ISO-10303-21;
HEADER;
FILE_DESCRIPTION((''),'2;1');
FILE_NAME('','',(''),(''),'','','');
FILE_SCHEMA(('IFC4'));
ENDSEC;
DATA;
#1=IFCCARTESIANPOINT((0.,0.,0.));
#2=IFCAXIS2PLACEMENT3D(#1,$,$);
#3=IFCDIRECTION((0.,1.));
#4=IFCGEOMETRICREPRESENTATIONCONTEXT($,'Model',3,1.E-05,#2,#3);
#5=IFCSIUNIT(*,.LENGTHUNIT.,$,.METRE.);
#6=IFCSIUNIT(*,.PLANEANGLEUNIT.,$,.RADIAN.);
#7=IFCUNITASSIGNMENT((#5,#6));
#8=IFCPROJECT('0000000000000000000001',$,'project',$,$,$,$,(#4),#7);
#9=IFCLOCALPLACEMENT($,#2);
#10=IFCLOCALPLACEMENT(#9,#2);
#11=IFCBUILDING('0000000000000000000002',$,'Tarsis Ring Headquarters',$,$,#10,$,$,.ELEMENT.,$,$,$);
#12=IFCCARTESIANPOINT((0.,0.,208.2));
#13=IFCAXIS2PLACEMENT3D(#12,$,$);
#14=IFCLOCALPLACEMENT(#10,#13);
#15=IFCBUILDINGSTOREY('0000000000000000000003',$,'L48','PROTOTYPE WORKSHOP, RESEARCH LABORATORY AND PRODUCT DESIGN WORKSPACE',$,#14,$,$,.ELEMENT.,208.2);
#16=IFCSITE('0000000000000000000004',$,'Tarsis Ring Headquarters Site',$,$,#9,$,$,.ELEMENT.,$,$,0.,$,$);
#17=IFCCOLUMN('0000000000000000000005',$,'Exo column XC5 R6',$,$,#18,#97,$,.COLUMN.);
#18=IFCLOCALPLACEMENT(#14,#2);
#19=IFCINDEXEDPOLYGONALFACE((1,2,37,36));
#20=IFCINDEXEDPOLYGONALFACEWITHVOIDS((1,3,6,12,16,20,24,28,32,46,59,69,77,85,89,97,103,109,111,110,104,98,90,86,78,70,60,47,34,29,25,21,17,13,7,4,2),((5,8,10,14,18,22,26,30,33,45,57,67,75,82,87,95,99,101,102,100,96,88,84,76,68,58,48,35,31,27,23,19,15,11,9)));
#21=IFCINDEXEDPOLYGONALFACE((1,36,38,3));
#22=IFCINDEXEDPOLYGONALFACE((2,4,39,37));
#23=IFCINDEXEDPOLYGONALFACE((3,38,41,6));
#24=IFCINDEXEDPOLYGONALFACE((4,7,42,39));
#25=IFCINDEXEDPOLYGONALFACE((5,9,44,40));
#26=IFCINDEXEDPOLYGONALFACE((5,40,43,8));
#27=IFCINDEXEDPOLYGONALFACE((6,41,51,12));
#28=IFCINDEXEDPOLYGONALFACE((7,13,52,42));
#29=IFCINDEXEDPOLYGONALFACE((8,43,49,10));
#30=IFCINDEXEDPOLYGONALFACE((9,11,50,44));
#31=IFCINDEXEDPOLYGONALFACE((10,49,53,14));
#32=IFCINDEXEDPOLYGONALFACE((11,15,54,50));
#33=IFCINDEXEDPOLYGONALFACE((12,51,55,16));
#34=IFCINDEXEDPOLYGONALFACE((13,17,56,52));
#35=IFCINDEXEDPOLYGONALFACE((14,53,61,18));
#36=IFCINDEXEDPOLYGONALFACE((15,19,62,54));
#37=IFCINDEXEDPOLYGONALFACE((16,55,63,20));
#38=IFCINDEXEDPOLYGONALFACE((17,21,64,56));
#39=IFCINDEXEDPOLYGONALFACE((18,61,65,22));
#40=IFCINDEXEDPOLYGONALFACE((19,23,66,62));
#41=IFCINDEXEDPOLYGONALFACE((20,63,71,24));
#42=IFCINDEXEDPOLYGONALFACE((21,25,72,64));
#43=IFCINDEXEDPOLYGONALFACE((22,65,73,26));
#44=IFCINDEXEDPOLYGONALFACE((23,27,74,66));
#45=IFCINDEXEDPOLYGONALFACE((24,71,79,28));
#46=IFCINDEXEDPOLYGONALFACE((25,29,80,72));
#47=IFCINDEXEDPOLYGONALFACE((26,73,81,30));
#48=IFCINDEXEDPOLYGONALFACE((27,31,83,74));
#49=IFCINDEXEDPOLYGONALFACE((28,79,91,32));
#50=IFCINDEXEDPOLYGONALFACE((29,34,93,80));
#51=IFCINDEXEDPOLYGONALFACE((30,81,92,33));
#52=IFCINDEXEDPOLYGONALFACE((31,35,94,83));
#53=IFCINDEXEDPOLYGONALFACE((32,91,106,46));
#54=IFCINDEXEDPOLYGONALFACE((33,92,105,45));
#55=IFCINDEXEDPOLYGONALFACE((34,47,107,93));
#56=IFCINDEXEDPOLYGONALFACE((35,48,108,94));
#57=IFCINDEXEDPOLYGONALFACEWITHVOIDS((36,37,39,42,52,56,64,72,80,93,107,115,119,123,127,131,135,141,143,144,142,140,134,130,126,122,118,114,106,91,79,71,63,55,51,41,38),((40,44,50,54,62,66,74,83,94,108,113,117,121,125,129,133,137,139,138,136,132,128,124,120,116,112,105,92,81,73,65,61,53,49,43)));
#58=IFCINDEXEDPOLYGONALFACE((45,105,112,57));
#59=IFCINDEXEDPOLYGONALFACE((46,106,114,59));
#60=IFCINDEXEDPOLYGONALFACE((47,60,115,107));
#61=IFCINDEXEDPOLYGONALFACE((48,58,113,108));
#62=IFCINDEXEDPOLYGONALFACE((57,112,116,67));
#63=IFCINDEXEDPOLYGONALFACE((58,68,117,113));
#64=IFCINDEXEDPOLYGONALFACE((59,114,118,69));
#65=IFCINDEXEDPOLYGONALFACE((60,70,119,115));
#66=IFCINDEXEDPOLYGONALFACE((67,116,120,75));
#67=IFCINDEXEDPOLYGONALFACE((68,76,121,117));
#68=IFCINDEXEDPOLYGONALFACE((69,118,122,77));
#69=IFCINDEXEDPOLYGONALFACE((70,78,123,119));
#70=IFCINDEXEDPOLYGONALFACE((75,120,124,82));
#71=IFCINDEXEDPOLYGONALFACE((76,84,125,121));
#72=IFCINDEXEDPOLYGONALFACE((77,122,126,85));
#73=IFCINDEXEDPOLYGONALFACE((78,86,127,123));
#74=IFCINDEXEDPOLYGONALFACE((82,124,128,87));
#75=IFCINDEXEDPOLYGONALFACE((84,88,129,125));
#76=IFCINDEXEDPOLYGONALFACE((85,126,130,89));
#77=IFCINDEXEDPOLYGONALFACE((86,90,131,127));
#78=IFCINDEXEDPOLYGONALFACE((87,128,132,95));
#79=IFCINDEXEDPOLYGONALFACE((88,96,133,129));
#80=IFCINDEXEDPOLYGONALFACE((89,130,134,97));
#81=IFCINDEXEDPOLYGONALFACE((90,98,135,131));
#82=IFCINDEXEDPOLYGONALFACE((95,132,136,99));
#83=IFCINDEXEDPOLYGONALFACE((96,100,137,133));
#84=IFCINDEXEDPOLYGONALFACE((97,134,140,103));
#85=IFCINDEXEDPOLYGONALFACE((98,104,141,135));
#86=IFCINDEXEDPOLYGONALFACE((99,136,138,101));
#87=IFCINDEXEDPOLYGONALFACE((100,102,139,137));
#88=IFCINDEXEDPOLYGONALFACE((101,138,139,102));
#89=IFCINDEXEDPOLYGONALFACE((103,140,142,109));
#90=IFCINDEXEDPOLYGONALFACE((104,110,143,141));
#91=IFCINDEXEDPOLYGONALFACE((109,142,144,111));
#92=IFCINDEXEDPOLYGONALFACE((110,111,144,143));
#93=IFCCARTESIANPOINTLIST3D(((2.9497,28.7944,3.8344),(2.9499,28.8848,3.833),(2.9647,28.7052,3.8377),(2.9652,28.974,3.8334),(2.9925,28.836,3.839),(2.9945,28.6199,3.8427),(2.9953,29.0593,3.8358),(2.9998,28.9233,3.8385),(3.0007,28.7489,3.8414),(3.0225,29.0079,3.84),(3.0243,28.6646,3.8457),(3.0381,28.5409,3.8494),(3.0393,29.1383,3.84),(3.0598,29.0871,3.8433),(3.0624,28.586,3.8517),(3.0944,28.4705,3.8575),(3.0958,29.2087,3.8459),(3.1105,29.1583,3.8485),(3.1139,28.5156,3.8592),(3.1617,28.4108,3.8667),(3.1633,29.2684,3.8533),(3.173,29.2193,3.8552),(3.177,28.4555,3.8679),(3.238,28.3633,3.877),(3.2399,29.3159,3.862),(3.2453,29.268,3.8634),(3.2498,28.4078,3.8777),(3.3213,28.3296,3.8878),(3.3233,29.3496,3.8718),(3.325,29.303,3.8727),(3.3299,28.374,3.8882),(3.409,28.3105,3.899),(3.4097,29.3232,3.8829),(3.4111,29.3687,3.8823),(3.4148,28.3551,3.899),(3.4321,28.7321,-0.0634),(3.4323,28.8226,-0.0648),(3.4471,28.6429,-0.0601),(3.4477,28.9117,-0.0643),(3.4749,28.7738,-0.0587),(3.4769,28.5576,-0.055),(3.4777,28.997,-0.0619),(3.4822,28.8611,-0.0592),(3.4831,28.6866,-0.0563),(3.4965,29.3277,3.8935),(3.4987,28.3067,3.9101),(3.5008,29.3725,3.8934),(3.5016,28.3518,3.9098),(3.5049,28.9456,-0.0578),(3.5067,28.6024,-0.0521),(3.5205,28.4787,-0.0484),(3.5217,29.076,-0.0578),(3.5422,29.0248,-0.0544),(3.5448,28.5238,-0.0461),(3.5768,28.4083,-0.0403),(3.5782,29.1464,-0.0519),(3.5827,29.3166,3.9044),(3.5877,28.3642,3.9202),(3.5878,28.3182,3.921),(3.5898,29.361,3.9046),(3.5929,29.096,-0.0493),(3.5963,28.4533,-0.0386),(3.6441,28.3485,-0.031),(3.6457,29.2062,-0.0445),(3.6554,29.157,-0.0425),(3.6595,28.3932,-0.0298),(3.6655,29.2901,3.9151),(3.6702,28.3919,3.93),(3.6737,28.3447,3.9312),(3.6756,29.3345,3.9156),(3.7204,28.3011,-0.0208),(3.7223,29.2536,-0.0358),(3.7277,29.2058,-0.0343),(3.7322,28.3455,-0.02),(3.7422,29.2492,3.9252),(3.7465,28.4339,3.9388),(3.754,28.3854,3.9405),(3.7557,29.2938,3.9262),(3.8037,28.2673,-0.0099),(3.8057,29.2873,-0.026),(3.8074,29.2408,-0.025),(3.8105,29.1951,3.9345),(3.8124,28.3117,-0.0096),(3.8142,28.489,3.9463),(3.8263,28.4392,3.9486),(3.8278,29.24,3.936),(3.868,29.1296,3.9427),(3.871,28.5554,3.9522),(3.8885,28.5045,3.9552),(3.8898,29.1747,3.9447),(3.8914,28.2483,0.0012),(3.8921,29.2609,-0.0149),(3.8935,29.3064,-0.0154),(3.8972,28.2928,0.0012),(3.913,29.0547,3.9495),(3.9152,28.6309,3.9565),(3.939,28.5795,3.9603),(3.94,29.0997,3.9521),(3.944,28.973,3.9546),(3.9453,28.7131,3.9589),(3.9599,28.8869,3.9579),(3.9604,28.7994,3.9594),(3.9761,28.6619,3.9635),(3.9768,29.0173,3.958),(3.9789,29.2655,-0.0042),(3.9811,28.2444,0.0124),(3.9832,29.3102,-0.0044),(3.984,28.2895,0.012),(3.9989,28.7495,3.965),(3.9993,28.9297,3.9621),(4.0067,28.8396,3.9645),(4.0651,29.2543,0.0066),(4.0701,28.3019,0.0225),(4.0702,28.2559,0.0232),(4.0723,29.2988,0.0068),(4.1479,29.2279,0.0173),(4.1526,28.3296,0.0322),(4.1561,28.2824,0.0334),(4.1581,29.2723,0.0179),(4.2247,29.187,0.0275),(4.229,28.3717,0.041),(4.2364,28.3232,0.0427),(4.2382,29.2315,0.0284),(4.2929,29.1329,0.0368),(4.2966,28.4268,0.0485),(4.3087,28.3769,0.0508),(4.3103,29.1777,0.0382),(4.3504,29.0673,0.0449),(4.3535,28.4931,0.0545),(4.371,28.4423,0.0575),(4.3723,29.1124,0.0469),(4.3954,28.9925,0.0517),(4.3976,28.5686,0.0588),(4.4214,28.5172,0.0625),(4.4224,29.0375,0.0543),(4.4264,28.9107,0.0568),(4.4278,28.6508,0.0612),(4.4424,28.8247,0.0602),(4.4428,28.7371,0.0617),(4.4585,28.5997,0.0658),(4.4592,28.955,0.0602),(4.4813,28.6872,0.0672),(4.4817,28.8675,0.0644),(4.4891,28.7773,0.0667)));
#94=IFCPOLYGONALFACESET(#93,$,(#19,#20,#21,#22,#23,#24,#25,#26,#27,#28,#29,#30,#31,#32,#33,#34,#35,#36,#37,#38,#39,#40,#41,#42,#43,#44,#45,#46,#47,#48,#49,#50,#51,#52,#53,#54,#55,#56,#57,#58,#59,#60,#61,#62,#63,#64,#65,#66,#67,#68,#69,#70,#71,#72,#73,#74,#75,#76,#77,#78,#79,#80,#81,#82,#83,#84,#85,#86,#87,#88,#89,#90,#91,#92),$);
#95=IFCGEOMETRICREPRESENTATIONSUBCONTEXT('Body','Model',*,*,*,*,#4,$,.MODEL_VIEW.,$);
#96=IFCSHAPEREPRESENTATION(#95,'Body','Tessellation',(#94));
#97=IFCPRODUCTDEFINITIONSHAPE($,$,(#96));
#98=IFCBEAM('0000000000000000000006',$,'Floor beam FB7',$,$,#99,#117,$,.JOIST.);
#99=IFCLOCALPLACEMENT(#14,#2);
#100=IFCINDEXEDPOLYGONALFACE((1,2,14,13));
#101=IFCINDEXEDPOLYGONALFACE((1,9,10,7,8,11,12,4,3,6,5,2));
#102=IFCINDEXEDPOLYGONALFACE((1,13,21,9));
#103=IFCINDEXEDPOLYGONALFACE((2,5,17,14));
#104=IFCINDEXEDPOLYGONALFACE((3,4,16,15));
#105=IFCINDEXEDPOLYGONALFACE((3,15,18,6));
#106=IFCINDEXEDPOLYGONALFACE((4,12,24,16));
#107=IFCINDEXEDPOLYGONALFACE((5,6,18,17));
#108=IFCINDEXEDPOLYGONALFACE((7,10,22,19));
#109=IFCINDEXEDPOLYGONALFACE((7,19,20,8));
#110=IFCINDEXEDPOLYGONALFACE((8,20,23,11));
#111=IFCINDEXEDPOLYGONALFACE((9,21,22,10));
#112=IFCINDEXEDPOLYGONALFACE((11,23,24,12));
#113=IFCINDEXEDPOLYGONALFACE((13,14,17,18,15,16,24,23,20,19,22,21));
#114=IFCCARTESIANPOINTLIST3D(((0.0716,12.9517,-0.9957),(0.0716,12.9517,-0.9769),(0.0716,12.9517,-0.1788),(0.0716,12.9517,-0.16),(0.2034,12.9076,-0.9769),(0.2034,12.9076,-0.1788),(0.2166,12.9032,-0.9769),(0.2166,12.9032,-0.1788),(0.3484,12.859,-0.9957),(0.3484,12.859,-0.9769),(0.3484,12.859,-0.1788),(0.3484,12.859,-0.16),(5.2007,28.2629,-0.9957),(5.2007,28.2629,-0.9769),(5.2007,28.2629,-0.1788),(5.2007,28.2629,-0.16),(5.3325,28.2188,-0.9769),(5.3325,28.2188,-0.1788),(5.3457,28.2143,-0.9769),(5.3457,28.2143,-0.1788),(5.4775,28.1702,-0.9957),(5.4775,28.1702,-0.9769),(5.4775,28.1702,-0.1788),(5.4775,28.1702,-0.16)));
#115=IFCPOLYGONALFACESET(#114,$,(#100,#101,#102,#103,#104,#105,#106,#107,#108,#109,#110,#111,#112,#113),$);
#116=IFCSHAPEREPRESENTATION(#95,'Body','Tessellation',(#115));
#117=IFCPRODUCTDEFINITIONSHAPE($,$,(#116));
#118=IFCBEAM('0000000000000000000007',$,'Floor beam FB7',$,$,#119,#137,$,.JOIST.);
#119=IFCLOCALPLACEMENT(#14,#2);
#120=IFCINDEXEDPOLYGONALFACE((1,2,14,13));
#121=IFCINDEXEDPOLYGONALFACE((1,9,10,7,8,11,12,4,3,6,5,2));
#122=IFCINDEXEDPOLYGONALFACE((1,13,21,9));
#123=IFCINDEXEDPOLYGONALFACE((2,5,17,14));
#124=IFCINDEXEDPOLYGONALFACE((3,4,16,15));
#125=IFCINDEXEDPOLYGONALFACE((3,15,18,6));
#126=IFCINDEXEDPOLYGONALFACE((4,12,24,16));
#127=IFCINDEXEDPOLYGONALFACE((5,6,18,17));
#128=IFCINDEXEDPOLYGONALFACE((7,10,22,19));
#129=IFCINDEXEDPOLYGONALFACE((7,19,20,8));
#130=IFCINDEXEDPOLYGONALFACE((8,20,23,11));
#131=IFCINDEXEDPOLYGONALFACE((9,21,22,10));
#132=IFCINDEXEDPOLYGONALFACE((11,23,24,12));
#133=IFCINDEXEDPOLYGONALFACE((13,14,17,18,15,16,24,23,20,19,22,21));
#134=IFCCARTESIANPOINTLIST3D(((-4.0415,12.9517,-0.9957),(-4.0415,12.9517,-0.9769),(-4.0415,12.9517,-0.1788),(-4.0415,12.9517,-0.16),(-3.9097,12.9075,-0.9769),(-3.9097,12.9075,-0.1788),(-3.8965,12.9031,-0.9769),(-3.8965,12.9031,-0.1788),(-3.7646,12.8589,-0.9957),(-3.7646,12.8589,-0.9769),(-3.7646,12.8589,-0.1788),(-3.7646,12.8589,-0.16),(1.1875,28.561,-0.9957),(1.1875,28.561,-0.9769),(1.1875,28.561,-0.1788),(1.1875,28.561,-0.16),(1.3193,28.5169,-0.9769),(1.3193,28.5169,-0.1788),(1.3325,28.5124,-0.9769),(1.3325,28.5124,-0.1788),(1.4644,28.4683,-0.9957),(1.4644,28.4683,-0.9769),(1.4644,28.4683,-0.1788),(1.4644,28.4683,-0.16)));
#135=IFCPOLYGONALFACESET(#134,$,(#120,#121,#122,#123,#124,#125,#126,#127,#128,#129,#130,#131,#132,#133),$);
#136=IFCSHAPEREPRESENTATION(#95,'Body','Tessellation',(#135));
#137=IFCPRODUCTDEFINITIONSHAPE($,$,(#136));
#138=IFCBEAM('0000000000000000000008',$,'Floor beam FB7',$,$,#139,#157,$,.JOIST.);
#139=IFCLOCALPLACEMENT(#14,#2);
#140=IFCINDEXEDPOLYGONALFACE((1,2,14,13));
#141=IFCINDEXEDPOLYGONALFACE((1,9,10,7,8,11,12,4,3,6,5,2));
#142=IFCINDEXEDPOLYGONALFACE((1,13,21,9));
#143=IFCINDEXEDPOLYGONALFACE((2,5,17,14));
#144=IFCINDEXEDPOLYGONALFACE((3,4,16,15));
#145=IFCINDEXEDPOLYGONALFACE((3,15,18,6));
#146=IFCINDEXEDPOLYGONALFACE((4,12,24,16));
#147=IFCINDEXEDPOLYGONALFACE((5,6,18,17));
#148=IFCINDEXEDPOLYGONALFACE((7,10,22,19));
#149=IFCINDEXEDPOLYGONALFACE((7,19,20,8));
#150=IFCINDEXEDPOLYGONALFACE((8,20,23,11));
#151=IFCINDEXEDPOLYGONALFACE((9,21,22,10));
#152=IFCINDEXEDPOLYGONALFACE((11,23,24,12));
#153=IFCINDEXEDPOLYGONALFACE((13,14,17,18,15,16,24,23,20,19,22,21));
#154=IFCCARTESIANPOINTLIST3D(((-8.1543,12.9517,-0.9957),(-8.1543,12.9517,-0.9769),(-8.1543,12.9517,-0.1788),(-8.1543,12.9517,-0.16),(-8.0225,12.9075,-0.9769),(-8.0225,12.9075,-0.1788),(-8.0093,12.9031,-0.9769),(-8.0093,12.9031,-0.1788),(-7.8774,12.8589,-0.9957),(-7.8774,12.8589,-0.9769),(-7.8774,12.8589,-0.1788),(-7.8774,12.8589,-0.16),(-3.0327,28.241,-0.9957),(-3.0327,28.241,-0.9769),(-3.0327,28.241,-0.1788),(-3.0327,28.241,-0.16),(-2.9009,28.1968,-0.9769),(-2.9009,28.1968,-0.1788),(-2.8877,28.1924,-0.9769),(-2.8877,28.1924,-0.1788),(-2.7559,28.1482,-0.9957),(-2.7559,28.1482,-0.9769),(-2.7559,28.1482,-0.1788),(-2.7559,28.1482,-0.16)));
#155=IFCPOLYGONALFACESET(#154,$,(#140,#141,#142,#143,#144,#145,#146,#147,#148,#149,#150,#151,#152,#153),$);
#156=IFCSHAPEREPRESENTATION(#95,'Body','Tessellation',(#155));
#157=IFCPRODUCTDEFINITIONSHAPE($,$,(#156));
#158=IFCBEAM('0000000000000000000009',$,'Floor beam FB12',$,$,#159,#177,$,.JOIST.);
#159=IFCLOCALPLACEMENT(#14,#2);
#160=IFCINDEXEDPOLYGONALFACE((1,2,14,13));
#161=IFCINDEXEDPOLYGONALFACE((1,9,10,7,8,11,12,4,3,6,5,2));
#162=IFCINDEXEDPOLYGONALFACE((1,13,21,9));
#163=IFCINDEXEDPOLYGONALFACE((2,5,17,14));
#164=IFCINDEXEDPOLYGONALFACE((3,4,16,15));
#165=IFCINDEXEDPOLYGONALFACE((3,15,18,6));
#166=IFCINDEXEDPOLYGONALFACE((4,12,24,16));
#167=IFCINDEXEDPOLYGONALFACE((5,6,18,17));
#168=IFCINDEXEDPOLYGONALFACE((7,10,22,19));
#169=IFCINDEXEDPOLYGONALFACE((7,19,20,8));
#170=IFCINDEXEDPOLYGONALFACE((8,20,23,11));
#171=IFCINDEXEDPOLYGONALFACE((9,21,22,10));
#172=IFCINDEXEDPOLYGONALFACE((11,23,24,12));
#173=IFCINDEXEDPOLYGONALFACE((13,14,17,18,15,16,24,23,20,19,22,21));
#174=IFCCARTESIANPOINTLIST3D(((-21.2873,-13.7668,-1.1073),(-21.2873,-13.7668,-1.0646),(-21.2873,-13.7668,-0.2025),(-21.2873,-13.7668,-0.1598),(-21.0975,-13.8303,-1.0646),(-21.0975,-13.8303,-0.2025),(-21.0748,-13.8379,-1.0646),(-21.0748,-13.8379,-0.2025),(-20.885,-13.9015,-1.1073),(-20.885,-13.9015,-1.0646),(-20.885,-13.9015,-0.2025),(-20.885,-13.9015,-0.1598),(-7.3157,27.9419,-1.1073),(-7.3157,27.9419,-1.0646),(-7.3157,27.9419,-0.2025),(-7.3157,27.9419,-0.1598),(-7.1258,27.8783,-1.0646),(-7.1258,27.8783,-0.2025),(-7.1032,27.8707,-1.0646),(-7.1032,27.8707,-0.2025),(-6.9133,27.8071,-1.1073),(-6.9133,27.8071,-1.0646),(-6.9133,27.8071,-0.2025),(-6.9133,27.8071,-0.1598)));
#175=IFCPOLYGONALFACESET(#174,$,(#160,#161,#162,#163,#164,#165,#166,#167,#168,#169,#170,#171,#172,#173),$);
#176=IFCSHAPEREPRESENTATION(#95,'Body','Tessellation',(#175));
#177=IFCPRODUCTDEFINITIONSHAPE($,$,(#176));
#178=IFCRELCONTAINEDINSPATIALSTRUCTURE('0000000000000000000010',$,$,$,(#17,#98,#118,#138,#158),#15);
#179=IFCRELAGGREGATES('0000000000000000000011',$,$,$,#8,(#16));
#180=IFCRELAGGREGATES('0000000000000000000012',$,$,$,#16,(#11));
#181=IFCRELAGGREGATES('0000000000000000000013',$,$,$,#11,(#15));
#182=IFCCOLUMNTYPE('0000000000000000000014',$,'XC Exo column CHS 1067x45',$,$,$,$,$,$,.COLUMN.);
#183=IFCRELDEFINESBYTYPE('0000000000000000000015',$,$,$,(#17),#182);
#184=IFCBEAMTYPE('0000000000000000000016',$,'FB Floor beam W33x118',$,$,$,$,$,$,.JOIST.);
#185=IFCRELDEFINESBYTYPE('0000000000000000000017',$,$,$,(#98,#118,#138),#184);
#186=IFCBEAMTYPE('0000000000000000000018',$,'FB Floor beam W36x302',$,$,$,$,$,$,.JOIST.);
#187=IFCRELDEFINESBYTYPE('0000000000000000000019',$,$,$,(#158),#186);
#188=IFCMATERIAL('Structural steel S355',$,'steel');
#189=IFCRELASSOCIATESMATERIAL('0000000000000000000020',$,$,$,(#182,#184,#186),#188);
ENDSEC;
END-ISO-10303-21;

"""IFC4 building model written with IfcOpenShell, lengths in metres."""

from ifc_helpers import new_model, si_unit, direction, frame, origin, origin_2d, place, context, subcontext, project, spatial, hollow_circle, i_section, extrude, material, material_profile, profile_set, type_object, element, save


model = new_model("IFC4")

# Units and contexts
model_context = context("Model", 3, precision=1e-05, world=origin(), true_north=direction((0.0, 1.0)))
body_context = subcontext(model_context, "Body", "Model", "MODEL_VIEW")
ifc_project = project(units=[si_unit("LENGTHUNIT", "METRE"), si_unit("PLANEANGLEUNIT", "RADIAN")], contexts=[model_context])

# Site, building, storey
site_placement = place(None, origin())
site = spatial("IfcSite", under=ifc_project, at=site_placement, Name="Tarsis Ring Headquarters Site", CompositionType="ELEMENT", RefElevation=0.0)
building_placement = place(site_placement, origin())
building = spatial("IfcBuilding", under=site, at=building_placement, Name="Tarsis Ring Headquarters", CompositionType="ELEMENT")
storey_placement = place(building_placement, frame((0.0, 0.0, 208.2)))
storey = spatial("IfcBuildingStorey", under=building, at=storey_placement, Name="L48", Description="PROTOTYPE WORKSHOP, RESEARCH LABORATORY AND PRODUCT DESIGN WORKSPACE", CompositionType="ELEMENT", Elevation=208.2)

# Column
ifc_material_1 = material(Name="Structural steel S355", Category="steel")
ifc_material_profile_1 = material_profile(ifc_material_1, hollow_circle(Radius=0.5334, WallThickness=0.0449, at=origin_2d()), Name="CHS 1067x45")
ifc_profile_set_1 = profile_set([ifc_material_profile_1], Name="Structural steel S355")
column_type = type_object("IfcColumnType", Name="XC Exo column CHS 1067x45", PredefinedType="COLUMN", material=ifc_profile_set_1)
column_placement = place(storey_placement, frame((3.9597, 28.7773, 0.0012), z_axis=(-0.122818, 0.015849, 0.992303), x_axis=(-0.127987, -0.991776, 0.0)))
element("IfcColumn", 1, at=column_placement, inside=storey, type_object=column_type, Name="Exo column XC5 R6", PredefinedType="COLUMN", context=body_context, shape_type="SweptSolid", body=[
    extrude(hollow_circle(Radius=0.5334, WallThickness=0.0449, at=origin_2d()), origin(), (0.0, 0.0, 1.0), 3.928),
])

# Beams
ifc_material_profile_2 = material_profile(ifc_material_1, i_section(OverallWidth=0.292, OverallDepth=0.8357, WebThickness=0.0139, FlangeThickness=0.0188, at=origin_2d()), Name="W33x118")
ifc_profile_set_2 = profile_set([ifc_material_profile_2], Name="Structural steel S355")
beam_type_1 = type_object("IfcBeamType", Name="FB Floor beam W33x118", PredefinedType="JOIST", material=ifc_profile_set_2)
beam_1_placement = place(storey_placement, frame((5.3391, 28.2166, -0.5779), z_axis=(-0.317643, -0.948211, 0.0), x_axis=(0.948211, -0.317643, 0.0)))
element("IfcBeam", 2, at=beam_1_placement, inside=storey, type_object=beam_type_1, Name="Floor beam FB7", PredefinedType="JOIST", context=body_context, shape_type="SweptSolid", body=[
    extrude(i_section(OverallWidth=0.292, OverallDepth=0.8357, WebThickness=0.0139, FlangeThickness=0.0188, at=origin_2d()), origin(), (0.0, 0.0, 1.0), 16.1475),
])
beam_2_placement = place(storey_placement, frame((1.3259, 28.5146, -0.5779), z_axis=(-0.317642, -0.948211, 0.0), x_axis=(0.948211, -0.317642, 0.0)))
element("IfcBeam", 3, at=beam_2_placement, inside=storey, type_object=beam_type_1, Name="Floor beam FB7", PredefinedType="JOIST", context=body_context, shape_type="SweptSolid", body=[
    extrude(i_section(OverallWidth=0.292, OverallDepth=0.8357, WebThickness=0.0139, FlangeThickness=0.0188, at=origin_2d()), origin(), (0.0, 0.0, 1.0), 16.4619),
])
beam_3_placement = place(storey_placement, frame((-2.8943, 28.1946, -0.5779), z_axis=(-0.317631, -0.948214, 0.0), x_axis=(0.948214, -0.317631, 0.0)))
element("IfcBeam", 4, at=beam_3_placement, inside=storey, type_object=beam_type_1, Name="Floor beam FB7", PredefinedType="JOIST", context=body_context, shape_type="SweptSolid", body=[
    extrude(i_section(OverallWidth=0.292, OverallDepth=0.8357, WebThickness=0.0139, FlangeThickness=0.0188, at=origin_2d()), origin(), (0.0, 0.0, 1.0), 16.1243),
])
ifc_material_profile_3 = material_profile(ifc_material_1, i_section(OverallWidth=0.4243, OverallDepth=0.9475, WebThickness=0.0239, FlangeThickness=0.0427, at=origin_2d()), Name="W36x302")
ifc_profile_set_3 = profile_set([ifc_material_profile_3], Name="Structural steel S355")
beam_type_2 = type_object("IfcBeamType", Name="FB Floor beam W36x302", PredefinedType="JOIST", material=ifc_profile_set_3)
beam_4_placement = place(storey_placement, frame((-7.1145, 27.8745, -0.6335), z_axis=(-0.317634, -0.948213, 0.0), x_axis=(0.948213, -0.317634, 0.0)))
element("IfcBeam", 5, at=beam_4_placement, inside=storey, type_object=beam_type_2, Name="Floor beam FB12", PredefinedType="JOIST", context=body_context, shape_type="SweptSolid", body=[
    extrude(i_section(OverallWidth=0.4243, OverallDepth=0.9475, WebThickness=0.0239, FlangeThickness=0.0427, at=origin_2d()), origin(), (0.0, 0.0, 1.0), 43.9866),
])

save(model, "model.ifc")
